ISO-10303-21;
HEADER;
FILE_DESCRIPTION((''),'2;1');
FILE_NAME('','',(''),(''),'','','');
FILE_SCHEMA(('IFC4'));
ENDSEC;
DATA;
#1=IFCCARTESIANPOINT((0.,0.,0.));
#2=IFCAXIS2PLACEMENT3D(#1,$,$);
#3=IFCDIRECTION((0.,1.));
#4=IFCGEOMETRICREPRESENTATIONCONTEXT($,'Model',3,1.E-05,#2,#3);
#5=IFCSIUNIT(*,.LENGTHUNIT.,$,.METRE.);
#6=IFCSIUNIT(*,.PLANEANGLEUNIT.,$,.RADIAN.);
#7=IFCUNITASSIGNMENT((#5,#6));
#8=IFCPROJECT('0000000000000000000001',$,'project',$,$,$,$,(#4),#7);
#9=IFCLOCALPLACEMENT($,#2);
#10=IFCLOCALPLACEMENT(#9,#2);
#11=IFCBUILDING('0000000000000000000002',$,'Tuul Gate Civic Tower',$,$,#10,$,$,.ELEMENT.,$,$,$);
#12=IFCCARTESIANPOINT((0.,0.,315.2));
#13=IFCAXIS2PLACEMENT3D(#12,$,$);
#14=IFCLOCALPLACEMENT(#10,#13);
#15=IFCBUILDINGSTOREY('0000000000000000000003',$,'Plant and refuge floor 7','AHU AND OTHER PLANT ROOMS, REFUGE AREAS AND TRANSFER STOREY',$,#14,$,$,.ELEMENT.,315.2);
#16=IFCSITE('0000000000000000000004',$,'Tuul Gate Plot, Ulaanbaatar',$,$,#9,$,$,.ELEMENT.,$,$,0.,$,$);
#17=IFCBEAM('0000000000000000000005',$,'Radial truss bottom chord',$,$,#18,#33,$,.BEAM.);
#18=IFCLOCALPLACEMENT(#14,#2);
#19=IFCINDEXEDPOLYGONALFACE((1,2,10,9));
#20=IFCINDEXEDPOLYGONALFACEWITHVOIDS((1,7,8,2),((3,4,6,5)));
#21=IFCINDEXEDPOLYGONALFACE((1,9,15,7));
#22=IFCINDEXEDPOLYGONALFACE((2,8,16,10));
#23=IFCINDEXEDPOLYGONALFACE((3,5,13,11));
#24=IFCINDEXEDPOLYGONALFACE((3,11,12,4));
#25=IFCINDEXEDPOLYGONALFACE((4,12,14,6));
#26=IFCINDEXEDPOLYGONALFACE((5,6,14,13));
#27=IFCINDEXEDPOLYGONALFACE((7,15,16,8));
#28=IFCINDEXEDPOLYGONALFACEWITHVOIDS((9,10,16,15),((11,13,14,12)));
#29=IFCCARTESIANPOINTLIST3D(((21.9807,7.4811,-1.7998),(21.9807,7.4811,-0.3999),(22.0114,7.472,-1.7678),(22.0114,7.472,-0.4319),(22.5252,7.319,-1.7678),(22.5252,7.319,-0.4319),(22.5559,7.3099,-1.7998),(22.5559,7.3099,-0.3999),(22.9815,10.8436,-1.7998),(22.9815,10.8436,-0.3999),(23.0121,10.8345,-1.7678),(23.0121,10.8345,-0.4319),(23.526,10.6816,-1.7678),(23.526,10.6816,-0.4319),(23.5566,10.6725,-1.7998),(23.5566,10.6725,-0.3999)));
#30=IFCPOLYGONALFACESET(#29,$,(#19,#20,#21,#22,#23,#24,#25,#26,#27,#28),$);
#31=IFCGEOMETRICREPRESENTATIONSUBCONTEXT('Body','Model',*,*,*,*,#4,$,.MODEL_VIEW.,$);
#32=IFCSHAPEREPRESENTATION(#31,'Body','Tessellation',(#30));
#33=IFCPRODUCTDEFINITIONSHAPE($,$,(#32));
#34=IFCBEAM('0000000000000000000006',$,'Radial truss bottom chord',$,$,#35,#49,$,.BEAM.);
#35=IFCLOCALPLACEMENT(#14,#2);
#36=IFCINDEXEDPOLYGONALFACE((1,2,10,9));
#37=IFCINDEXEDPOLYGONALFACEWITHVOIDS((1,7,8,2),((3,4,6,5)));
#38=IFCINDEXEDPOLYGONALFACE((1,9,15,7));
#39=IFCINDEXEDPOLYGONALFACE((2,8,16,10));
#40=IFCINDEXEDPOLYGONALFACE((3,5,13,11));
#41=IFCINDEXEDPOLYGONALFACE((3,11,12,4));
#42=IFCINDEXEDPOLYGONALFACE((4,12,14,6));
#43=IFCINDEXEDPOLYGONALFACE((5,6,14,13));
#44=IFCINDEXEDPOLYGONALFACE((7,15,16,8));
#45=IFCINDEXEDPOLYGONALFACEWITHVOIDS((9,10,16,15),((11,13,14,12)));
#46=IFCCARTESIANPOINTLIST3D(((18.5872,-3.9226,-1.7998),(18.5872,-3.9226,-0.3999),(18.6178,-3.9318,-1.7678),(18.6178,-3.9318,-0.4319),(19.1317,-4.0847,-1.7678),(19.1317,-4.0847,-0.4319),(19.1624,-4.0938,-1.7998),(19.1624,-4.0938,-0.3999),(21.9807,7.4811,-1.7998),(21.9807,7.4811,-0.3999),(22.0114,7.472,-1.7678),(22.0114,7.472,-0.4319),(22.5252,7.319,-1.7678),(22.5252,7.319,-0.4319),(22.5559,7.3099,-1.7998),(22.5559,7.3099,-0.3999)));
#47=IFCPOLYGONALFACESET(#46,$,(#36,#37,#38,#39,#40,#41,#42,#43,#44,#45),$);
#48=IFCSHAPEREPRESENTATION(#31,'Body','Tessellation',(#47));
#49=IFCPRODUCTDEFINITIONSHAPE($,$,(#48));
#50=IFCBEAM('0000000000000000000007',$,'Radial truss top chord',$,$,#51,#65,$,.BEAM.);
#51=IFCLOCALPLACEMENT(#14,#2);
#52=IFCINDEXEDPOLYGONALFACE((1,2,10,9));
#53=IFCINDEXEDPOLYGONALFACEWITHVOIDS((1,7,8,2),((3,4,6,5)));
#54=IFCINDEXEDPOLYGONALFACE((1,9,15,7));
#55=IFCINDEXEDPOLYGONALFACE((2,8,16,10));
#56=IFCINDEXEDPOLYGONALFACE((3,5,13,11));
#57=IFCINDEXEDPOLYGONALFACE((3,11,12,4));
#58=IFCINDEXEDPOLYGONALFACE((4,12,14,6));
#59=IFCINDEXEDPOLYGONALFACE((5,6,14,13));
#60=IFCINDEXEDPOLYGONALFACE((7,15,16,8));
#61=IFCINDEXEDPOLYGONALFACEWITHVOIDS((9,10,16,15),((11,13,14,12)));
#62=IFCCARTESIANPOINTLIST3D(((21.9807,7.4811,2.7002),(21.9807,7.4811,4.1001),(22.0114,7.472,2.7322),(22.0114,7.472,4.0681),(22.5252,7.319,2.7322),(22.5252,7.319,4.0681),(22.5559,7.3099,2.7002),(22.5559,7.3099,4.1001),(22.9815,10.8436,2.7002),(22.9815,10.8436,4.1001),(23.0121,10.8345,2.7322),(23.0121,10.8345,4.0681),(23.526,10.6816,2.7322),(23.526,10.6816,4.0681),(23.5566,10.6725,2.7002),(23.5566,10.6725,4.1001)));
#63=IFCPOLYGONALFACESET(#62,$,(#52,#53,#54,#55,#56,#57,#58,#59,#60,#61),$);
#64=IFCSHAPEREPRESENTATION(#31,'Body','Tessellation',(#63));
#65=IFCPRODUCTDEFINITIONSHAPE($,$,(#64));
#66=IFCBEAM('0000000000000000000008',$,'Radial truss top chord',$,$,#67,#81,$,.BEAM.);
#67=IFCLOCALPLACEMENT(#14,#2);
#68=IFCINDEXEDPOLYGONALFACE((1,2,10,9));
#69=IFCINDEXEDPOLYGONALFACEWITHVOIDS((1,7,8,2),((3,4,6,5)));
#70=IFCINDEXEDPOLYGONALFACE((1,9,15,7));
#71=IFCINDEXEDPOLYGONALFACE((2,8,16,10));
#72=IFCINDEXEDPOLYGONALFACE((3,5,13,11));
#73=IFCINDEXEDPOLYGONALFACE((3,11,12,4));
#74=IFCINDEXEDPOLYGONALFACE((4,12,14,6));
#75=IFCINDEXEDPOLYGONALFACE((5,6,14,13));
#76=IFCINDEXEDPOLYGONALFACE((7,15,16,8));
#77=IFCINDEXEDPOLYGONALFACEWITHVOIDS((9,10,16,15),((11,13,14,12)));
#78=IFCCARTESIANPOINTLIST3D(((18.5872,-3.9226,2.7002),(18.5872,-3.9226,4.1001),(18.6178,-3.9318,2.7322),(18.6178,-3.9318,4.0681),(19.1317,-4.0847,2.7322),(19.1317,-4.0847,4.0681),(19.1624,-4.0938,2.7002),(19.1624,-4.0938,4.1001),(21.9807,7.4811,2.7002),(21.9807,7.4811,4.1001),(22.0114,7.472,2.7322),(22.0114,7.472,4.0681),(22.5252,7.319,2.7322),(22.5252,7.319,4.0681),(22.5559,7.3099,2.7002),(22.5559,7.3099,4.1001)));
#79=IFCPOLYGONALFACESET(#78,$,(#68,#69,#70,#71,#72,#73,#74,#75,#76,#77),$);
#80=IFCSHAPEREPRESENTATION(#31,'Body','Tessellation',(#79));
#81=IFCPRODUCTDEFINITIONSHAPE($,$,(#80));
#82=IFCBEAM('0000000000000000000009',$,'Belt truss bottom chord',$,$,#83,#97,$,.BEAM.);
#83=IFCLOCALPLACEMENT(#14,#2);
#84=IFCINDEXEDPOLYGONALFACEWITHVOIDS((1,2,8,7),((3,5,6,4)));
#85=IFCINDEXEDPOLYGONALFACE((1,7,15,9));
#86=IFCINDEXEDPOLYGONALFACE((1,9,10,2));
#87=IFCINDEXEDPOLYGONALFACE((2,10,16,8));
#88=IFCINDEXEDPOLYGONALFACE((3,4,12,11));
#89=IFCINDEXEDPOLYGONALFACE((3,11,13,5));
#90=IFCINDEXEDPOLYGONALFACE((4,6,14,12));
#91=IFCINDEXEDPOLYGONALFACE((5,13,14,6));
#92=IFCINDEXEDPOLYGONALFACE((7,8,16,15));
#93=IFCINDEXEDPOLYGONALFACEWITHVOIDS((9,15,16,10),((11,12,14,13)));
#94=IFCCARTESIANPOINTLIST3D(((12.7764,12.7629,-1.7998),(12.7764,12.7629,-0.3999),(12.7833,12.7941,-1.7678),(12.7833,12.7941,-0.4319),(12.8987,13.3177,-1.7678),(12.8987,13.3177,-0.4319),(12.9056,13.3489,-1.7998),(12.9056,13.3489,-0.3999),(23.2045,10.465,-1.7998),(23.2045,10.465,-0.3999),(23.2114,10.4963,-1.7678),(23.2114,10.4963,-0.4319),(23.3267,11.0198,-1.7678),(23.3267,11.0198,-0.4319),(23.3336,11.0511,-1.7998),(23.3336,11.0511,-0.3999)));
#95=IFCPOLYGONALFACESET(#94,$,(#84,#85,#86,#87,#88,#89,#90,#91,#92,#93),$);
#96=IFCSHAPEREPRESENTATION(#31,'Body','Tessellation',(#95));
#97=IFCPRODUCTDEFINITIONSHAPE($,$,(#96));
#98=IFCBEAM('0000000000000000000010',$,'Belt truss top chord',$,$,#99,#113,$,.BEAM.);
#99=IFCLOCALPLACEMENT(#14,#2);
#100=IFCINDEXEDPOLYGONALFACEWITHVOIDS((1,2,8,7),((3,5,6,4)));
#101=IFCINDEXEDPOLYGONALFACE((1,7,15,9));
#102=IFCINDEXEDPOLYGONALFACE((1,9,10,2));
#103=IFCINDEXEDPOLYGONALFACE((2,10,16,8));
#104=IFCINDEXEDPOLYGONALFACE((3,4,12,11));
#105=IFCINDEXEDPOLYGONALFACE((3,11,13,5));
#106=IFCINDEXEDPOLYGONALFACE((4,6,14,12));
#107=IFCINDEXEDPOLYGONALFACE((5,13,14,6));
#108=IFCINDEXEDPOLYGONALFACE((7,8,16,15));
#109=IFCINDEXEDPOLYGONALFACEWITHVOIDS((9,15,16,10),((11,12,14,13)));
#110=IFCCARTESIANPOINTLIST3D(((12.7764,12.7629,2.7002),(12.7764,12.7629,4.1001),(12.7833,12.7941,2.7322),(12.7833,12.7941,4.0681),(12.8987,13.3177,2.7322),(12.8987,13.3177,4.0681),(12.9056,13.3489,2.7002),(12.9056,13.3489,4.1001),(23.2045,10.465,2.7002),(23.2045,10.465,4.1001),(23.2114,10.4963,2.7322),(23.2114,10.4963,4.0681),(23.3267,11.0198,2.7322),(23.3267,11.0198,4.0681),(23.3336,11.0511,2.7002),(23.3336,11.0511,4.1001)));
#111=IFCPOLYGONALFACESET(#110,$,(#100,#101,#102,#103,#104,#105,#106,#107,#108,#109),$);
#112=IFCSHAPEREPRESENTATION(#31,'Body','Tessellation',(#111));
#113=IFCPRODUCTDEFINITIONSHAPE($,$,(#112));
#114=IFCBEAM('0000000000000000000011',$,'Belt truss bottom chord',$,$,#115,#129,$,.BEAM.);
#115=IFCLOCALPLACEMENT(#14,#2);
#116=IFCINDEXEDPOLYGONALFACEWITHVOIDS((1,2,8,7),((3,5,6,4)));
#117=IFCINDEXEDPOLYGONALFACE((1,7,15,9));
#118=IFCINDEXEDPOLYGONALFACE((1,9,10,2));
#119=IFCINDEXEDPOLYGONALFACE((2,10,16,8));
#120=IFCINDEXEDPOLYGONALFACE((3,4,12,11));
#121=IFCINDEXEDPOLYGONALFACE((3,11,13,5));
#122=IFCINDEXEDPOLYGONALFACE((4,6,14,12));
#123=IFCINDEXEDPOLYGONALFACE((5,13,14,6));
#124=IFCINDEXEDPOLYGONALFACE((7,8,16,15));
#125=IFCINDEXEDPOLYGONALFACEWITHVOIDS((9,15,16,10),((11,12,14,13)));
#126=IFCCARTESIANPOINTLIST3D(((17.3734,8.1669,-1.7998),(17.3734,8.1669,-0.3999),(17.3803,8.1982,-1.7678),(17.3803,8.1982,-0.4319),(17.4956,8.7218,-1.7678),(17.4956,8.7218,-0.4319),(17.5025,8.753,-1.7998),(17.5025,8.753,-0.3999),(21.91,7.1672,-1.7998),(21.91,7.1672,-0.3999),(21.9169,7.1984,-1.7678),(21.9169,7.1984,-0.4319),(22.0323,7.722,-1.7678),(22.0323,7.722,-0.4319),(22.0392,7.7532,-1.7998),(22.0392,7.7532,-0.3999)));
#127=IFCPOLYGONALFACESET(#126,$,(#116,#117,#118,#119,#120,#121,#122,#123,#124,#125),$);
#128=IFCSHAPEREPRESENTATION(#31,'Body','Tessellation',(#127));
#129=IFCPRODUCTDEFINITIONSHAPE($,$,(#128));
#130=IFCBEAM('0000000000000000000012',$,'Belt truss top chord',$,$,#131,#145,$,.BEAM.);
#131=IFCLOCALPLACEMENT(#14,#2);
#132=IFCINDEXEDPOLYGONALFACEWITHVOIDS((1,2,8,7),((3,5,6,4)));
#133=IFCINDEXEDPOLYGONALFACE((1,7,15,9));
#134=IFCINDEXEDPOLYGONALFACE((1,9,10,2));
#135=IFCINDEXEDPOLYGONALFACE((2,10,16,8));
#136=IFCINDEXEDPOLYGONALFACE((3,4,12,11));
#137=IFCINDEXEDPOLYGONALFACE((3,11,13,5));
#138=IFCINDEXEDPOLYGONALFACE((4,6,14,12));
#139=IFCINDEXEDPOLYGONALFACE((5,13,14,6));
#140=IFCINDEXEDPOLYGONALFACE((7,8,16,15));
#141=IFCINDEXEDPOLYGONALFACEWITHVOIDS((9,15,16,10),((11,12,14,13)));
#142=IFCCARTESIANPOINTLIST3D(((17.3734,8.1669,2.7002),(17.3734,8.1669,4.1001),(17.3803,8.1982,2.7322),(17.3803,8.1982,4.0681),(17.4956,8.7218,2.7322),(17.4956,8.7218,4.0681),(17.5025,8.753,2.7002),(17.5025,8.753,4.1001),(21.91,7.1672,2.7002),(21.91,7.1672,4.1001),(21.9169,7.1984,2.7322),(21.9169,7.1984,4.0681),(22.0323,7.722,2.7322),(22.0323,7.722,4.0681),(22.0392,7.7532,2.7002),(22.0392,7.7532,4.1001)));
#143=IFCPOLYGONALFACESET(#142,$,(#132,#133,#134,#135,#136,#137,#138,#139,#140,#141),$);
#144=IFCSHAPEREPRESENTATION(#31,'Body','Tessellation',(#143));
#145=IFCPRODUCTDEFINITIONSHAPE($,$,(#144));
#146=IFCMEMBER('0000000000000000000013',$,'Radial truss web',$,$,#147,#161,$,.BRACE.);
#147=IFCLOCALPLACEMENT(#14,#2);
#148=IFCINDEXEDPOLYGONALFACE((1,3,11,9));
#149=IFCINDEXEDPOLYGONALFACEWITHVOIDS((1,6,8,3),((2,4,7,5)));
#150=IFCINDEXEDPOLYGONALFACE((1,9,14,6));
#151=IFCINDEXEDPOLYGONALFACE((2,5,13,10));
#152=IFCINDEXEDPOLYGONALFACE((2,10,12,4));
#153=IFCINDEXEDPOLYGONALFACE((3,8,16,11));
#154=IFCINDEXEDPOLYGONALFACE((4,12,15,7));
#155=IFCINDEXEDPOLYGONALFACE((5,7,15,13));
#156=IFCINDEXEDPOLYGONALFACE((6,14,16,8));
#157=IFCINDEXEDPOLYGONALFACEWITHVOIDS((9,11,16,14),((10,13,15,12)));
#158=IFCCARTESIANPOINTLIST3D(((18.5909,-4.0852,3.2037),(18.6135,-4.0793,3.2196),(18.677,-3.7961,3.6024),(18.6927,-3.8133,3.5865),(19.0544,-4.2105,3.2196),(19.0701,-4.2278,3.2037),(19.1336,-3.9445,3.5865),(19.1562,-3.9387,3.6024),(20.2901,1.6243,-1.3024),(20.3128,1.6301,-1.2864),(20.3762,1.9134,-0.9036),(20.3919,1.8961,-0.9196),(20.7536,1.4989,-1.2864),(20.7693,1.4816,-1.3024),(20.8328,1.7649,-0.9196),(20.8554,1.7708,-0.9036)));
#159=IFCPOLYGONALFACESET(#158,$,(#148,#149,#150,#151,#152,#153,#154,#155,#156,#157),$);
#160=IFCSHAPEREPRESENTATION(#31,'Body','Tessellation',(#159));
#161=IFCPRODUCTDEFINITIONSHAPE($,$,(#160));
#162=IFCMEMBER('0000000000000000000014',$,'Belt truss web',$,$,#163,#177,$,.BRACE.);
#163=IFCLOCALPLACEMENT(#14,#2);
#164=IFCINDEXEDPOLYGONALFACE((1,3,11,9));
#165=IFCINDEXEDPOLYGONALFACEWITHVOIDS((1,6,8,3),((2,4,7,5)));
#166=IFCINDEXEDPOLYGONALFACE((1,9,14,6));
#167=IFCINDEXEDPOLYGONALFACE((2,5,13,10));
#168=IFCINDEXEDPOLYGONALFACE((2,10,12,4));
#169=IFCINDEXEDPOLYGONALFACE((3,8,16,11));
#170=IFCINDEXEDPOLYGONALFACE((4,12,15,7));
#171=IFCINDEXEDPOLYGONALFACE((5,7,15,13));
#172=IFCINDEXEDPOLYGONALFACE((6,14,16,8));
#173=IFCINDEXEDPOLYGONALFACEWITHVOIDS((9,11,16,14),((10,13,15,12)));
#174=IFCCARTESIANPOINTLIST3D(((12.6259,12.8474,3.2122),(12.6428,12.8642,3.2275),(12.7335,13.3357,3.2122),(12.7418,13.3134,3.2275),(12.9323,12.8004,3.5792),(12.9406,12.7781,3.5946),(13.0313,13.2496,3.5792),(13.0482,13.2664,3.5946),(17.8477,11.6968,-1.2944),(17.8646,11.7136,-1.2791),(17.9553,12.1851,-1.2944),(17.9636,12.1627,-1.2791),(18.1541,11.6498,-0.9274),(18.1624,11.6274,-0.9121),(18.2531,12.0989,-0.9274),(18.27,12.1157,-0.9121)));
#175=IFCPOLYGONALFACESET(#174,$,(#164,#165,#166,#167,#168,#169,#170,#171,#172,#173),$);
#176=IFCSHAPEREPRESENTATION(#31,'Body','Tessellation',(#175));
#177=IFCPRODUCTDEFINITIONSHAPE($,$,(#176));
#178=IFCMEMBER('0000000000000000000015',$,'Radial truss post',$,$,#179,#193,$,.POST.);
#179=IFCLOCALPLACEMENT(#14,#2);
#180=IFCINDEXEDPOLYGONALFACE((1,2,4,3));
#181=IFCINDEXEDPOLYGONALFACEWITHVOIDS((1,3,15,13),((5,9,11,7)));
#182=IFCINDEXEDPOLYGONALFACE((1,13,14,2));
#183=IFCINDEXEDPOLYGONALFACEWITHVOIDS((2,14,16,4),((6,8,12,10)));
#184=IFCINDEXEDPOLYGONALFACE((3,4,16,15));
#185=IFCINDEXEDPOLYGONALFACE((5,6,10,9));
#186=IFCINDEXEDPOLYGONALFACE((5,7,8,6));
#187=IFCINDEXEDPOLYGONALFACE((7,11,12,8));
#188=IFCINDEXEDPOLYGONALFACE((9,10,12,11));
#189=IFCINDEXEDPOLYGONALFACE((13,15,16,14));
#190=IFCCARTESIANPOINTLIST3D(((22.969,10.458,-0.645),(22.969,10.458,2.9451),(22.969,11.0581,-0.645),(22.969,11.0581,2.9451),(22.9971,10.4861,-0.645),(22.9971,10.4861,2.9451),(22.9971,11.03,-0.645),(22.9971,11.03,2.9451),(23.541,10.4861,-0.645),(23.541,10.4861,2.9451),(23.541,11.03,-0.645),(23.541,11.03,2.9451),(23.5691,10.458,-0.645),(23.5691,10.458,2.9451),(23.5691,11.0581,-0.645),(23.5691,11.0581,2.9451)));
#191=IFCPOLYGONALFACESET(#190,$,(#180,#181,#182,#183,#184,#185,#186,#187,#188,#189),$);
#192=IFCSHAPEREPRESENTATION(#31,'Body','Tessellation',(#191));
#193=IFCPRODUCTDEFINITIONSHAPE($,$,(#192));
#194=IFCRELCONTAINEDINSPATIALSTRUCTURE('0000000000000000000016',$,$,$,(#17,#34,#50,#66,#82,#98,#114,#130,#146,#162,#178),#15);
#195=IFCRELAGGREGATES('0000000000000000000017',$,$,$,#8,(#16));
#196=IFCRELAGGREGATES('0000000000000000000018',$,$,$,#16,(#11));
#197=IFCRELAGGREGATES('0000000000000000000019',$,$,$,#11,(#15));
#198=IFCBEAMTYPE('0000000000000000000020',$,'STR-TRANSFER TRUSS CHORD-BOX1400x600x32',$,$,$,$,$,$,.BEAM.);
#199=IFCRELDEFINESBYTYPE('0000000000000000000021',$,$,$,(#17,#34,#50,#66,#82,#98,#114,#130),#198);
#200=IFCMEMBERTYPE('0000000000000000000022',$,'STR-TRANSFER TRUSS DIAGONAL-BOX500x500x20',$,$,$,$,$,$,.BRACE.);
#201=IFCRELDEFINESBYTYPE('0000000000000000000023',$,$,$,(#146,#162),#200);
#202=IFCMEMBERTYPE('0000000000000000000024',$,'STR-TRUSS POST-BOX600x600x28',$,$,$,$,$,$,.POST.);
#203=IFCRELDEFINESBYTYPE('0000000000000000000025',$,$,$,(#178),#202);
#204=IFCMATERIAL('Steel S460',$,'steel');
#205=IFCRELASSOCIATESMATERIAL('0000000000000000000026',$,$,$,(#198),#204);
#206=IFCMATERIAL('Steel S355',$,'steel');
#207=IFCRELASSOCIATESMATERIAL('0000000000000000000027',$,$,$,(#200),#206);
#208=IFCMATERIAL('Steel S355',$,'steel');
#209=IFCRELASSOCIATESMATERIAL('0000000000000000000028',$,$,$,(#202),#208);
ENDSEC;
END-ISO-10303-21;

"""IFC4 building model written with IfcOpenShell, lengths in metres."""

from ifc_helpers import new_model, si_unit, direction, frame, origin, origin_2d, place, context, subcontext, project, spatial, hollow_rectangle, extrude, material, material_profile, profile_set, type_object, element, save


model = new_model("IFC4")

# Units and contexts
model_context = context("Model", 3, precision=1e-05, world=origin(), true_north=direction((0.0, 1.0)))
body_context = subcontext(model_context, "Body", "Model", "MODEL_VIEW")
ifc_project = project(units=[si_unit("LENGTHUNIT", "METRE"), si_unit("PLANEANGLEUNIT", "RADIAN")], contexts=[model_context])

# Site, building, storey
site_placement = place(None, origin())
site = spatial("IfcSite", under=ifc_project, at=site_placement, Name="Tuul Gate Plot, Ulaanbaatar", CompositionType="ELEMENT", RefElevation=0.0)
building_placement = place(site_placement, origin())
building = spatial("IfcBuilding", under=site, at=building_placement, Name="Tuul Gate Civic Tower", CompositionType="ELEMENT")
storey_placement = place(building_placement, frame((0.0, 0.0, 315.2)))
storey = spatial("IfcBuildingStorey", under=building, at=storey_placement, Name="Plant and refuge floor 7", Description="AHU AND OTHER PLANT ROOMS, REFUGE AREAS AND TRANSFER STOREY", CompositionType="ELEMENT", Elevation=315.2)

# Beams
ifc_material_1 = material(Name="Steel S460", Category="steel")
ifc_material_profile_1 = material_profile(ifc_material_1, hollow_rectangle(XDim=0.6001, YDim=1.3999, WallThickness=0.032, at=origin_2d()), Name="BOX1400x600x32")
ifc_profile_set_1 = profile_set([ifc_material_profile_1], Name="Steel S460")
beam_type = type_object("IfcBeamType", Name="STR-TRANSFER TRUSS CHORD-BOX1400x600x32", PredefinedType="BEAM", material=ifc_profile_set_1)
beam_1_placement = place(storey_placement, frame((23.269, 10.7581, -1.0999), z_axis=(-0.285247, -0.958454, 0.0), x_axis=(0.958454, -0.285247, 0.0)))
element("IfcBeam", 1, at=beam_1_placement, inside=storey, type_object=beam_type, Name="Radial truss bottom chord", PredefinedType="BEAM", context=body_context, shape_type="SweptSolid", body=[
    extrude(hollow_rectangle(XDim=0.6001, YDim=1.3999, WallThickness=0.032, at=origin_2d()), origin(), (0.0, 0.0, 1.0), 3.5083),
])
beam_2_placement = place(storey_placement, frame((22.2683, 7.3955, -1.0999), z_axis=(-0.28522, -0.958462, 0.0), x_axis=(0.958462, -0.28522, 0.0)))
element("IfcBeam", 2, at=beam_2_placement, inside=storey, type_object=beam_type, Name="Radial truss bottom chord", PredefinedType="BEAM", context=body_context, shape_type="SweptSolid", body=[
    extrude(hollow_rectangle(XDim=0.6001, YDim=1.3999, WallThickness=0.032, at=origin_2d()), origin(), (0.0, 0.0, 1.0), 11.8979),
])
beam_3_placement = place(storey_placement, frame((23.269, 10.7581, 3.4001), z_axis=(-0.285247, -0.958454, 0.0), x_axis=(0.958454, -0.285247, 0.0)))
element("IfcBeam", 3, at=beam_3_placement, inside=storey, type_object=beam_type, Name="Radial truss top chord", PredefinedType="BEAM", context=body_context, shape_type="SweptSolid", body=[
    extrude(hollow_rectangle(XDim=0.6001, YDim=1.3999, WallThickness=0.032, at=origin_2d()), origin(), (0.0, 0.0, 1.0), 3.5083),
])
beam_4_placement = place(storey_placement, frame((22.2683, 7.3955, 3.4001), z_axis=(-0.28522, -0.958462, 0.0), x_axis=(0.958462, -0.28522, 0.0)))
element("IfcBeam", 4, at=beam_4_placement, inside=storey, type_object=beam_type, Name="Radial truss top chord", PredefinedType="BEAM", context=body_context, shape_type="SweptSolid", body=[
    extrude(hollow_rectangle(XDim=0.6001, YDim=1.3999, WallThickness=0.032, at=origin_2d()), origin(), (0.0, 0.0, 1.0), 11.8979),
])
for number, where, z_axis, x_axis, name in (
    (5, (23.269, 10.7581, -1.0999), (-0.976572, 0.215192, 0.0), (-0.215192, -0.976572, 0.0), "Belt truss bottom chord"),
    (6, (23.269, 10.7581, 3.4001), (-0.976572, 0.215192, 0.0), (-0.215192, -0.976572, 0.0), "Belt truss top chord"),
):
    element("IfcBeam", number, at=place(storey_placement, frame(where, z_axis=z_axis, x_axis=x_axis)), inside=storey, type_object=beam_type, Name=name, PredefinedType="BEAM", context=body_context, shape_type="SweptSolid", body=[
        extrude(hollow_rectangle(XDim=0.6001, YDim=1.3999, WallThickness=0.032, at=origin_2d()), origin(), (0.0, 0.0, 1.0), 10.6782),
    ])
for number, where, z_axis, x_axis, name in (
    (7, (21.9746, 7.4602, -1.0999), (-0.976568, 0.215211, 0.0), (-0.215211, -0.976568, 0.0), "Belt truss bottom chord"),
    (8, (21.9746, 7.4602, 3.4001), (-0.976568, 0.215211, 0.0), (-0.215211, -0.976568, 0.0), "Belt truss top chord"),
):
    element("IfcBeam", number, at=place(storey_placement, frame(where, z_axis=z_axis, x_axis=x_axis)), inside=storey, type_object=beam_type, Name=name, PredefinedType="BEAM", context=body_context, shape_type="SweptSolid", body=[
        extrude(hollow_rectangle(XDim=0.6001, YDim=1.3999, WallThickness=0.032, at=origin_2d()), origin(), (0.0, 0.0, 1.0), 4.6455),
    ])

# Members
ifc_material_2 = material(Name="Steel S355", Category="steel")
ifc_material_profile_2 = material_profile(ifc_material_2, hollow_rectangle(XDim=0.5, YDim=0.5, WallThickness=0.02, at=origin_2d()), Name="BOX500x500x20")
ifc_profile_set_2 = profile_set([ifc_material_profile_2], Name="Steel S355")
member_type_1 = type_object("IfcMemberType", Name="STR-TRANSFER TRUSS DIAGONAL-BOX500x500x20", PredefinedType="BRACE", material=ifc_profile_set_2)
member_1_placement = place(storey_placement, frame((20.5728, 1.6975, -1.103), z_axis=(-0.227494, -0.764392, 0.603284), x_axis=(0.958453, -0.285249, 0.0)))
element("IfcMember", 9, at=member_1_placement, inside=storey, type_object=member_type_1, Name="Radial truss web", PredefinedType="BRACE", context=body_context, shape_type="SweptSolid", body=[
    extrude(hollow_rectangle(XDim=0.5, YDim=0.5, WallThickness=0.02, at=origin_2d()), origin(), (0.0, 0.0, 1.0), 7.4692),
])
member_2_placement = place(storey_placement, frame((18.0588, 11.9062, -1.1033), z_axis=(-0.746722, 0.164546, 0.644462), x_axis=(-0.215195, -0.976571, 0.0)))
element("IfcMember", 10, at=member_2_placement, inside=storey, type_object=member_type_1, Name="Belt truss web", PredefinedType="BRACE", context=body_context, shape_type="SweptSolid", body=[
    extrude(hollow_rectangle(XDim=0.5, YDim=0.5, WallThickness=0.02, at=origin_2d()), origin(), (0.0, 0.0, 1.0), 6.9929),
])
ifc_material_3 = material(Name="Steel S355", Category="steel")
ifc_material_profile_3 = material_profile(ifc_material_3, hollow_rectangle(XDim=0.6001, YDim=0.6001, WallThickness=0.0281, at=origin_2d()), Name="BOX600x600x28")
ifc_profile_set_3 = profile_set([ifc_material_profile_3], Name="Steel S355")
member_type_2 = type_object("IfcMemberType", Name="STR-TRUSS POST-BOX600x600x28", PredefinedType="POST", material=ifc_profile_set_3)
for number, where, z_axis, x_axis, name in (
    (11, (23.269, 10.7581, -0.645), (0.0, 0.0, 1.0), (1.0, 0.0, 0.0), "Radial truss post"),
):
    element("IfcMember", number, at=place(storey_placement, frame(where, z_axis=z_axis, x_axis=x_axis)), inside=storey, type_object=member_type_2, Name=name, PredefinedType="POST", context=body_context, shape_type="SweptSolid", body=[
        extrude(hollow_rectangle(XDim=0.6001, YDim=0.6001, WallThickness=0.0281, at=origin_2d()), origin(), (0.0, 0.0, 1.0), 3.5901),
    ])

save(model, "model.ifc")
